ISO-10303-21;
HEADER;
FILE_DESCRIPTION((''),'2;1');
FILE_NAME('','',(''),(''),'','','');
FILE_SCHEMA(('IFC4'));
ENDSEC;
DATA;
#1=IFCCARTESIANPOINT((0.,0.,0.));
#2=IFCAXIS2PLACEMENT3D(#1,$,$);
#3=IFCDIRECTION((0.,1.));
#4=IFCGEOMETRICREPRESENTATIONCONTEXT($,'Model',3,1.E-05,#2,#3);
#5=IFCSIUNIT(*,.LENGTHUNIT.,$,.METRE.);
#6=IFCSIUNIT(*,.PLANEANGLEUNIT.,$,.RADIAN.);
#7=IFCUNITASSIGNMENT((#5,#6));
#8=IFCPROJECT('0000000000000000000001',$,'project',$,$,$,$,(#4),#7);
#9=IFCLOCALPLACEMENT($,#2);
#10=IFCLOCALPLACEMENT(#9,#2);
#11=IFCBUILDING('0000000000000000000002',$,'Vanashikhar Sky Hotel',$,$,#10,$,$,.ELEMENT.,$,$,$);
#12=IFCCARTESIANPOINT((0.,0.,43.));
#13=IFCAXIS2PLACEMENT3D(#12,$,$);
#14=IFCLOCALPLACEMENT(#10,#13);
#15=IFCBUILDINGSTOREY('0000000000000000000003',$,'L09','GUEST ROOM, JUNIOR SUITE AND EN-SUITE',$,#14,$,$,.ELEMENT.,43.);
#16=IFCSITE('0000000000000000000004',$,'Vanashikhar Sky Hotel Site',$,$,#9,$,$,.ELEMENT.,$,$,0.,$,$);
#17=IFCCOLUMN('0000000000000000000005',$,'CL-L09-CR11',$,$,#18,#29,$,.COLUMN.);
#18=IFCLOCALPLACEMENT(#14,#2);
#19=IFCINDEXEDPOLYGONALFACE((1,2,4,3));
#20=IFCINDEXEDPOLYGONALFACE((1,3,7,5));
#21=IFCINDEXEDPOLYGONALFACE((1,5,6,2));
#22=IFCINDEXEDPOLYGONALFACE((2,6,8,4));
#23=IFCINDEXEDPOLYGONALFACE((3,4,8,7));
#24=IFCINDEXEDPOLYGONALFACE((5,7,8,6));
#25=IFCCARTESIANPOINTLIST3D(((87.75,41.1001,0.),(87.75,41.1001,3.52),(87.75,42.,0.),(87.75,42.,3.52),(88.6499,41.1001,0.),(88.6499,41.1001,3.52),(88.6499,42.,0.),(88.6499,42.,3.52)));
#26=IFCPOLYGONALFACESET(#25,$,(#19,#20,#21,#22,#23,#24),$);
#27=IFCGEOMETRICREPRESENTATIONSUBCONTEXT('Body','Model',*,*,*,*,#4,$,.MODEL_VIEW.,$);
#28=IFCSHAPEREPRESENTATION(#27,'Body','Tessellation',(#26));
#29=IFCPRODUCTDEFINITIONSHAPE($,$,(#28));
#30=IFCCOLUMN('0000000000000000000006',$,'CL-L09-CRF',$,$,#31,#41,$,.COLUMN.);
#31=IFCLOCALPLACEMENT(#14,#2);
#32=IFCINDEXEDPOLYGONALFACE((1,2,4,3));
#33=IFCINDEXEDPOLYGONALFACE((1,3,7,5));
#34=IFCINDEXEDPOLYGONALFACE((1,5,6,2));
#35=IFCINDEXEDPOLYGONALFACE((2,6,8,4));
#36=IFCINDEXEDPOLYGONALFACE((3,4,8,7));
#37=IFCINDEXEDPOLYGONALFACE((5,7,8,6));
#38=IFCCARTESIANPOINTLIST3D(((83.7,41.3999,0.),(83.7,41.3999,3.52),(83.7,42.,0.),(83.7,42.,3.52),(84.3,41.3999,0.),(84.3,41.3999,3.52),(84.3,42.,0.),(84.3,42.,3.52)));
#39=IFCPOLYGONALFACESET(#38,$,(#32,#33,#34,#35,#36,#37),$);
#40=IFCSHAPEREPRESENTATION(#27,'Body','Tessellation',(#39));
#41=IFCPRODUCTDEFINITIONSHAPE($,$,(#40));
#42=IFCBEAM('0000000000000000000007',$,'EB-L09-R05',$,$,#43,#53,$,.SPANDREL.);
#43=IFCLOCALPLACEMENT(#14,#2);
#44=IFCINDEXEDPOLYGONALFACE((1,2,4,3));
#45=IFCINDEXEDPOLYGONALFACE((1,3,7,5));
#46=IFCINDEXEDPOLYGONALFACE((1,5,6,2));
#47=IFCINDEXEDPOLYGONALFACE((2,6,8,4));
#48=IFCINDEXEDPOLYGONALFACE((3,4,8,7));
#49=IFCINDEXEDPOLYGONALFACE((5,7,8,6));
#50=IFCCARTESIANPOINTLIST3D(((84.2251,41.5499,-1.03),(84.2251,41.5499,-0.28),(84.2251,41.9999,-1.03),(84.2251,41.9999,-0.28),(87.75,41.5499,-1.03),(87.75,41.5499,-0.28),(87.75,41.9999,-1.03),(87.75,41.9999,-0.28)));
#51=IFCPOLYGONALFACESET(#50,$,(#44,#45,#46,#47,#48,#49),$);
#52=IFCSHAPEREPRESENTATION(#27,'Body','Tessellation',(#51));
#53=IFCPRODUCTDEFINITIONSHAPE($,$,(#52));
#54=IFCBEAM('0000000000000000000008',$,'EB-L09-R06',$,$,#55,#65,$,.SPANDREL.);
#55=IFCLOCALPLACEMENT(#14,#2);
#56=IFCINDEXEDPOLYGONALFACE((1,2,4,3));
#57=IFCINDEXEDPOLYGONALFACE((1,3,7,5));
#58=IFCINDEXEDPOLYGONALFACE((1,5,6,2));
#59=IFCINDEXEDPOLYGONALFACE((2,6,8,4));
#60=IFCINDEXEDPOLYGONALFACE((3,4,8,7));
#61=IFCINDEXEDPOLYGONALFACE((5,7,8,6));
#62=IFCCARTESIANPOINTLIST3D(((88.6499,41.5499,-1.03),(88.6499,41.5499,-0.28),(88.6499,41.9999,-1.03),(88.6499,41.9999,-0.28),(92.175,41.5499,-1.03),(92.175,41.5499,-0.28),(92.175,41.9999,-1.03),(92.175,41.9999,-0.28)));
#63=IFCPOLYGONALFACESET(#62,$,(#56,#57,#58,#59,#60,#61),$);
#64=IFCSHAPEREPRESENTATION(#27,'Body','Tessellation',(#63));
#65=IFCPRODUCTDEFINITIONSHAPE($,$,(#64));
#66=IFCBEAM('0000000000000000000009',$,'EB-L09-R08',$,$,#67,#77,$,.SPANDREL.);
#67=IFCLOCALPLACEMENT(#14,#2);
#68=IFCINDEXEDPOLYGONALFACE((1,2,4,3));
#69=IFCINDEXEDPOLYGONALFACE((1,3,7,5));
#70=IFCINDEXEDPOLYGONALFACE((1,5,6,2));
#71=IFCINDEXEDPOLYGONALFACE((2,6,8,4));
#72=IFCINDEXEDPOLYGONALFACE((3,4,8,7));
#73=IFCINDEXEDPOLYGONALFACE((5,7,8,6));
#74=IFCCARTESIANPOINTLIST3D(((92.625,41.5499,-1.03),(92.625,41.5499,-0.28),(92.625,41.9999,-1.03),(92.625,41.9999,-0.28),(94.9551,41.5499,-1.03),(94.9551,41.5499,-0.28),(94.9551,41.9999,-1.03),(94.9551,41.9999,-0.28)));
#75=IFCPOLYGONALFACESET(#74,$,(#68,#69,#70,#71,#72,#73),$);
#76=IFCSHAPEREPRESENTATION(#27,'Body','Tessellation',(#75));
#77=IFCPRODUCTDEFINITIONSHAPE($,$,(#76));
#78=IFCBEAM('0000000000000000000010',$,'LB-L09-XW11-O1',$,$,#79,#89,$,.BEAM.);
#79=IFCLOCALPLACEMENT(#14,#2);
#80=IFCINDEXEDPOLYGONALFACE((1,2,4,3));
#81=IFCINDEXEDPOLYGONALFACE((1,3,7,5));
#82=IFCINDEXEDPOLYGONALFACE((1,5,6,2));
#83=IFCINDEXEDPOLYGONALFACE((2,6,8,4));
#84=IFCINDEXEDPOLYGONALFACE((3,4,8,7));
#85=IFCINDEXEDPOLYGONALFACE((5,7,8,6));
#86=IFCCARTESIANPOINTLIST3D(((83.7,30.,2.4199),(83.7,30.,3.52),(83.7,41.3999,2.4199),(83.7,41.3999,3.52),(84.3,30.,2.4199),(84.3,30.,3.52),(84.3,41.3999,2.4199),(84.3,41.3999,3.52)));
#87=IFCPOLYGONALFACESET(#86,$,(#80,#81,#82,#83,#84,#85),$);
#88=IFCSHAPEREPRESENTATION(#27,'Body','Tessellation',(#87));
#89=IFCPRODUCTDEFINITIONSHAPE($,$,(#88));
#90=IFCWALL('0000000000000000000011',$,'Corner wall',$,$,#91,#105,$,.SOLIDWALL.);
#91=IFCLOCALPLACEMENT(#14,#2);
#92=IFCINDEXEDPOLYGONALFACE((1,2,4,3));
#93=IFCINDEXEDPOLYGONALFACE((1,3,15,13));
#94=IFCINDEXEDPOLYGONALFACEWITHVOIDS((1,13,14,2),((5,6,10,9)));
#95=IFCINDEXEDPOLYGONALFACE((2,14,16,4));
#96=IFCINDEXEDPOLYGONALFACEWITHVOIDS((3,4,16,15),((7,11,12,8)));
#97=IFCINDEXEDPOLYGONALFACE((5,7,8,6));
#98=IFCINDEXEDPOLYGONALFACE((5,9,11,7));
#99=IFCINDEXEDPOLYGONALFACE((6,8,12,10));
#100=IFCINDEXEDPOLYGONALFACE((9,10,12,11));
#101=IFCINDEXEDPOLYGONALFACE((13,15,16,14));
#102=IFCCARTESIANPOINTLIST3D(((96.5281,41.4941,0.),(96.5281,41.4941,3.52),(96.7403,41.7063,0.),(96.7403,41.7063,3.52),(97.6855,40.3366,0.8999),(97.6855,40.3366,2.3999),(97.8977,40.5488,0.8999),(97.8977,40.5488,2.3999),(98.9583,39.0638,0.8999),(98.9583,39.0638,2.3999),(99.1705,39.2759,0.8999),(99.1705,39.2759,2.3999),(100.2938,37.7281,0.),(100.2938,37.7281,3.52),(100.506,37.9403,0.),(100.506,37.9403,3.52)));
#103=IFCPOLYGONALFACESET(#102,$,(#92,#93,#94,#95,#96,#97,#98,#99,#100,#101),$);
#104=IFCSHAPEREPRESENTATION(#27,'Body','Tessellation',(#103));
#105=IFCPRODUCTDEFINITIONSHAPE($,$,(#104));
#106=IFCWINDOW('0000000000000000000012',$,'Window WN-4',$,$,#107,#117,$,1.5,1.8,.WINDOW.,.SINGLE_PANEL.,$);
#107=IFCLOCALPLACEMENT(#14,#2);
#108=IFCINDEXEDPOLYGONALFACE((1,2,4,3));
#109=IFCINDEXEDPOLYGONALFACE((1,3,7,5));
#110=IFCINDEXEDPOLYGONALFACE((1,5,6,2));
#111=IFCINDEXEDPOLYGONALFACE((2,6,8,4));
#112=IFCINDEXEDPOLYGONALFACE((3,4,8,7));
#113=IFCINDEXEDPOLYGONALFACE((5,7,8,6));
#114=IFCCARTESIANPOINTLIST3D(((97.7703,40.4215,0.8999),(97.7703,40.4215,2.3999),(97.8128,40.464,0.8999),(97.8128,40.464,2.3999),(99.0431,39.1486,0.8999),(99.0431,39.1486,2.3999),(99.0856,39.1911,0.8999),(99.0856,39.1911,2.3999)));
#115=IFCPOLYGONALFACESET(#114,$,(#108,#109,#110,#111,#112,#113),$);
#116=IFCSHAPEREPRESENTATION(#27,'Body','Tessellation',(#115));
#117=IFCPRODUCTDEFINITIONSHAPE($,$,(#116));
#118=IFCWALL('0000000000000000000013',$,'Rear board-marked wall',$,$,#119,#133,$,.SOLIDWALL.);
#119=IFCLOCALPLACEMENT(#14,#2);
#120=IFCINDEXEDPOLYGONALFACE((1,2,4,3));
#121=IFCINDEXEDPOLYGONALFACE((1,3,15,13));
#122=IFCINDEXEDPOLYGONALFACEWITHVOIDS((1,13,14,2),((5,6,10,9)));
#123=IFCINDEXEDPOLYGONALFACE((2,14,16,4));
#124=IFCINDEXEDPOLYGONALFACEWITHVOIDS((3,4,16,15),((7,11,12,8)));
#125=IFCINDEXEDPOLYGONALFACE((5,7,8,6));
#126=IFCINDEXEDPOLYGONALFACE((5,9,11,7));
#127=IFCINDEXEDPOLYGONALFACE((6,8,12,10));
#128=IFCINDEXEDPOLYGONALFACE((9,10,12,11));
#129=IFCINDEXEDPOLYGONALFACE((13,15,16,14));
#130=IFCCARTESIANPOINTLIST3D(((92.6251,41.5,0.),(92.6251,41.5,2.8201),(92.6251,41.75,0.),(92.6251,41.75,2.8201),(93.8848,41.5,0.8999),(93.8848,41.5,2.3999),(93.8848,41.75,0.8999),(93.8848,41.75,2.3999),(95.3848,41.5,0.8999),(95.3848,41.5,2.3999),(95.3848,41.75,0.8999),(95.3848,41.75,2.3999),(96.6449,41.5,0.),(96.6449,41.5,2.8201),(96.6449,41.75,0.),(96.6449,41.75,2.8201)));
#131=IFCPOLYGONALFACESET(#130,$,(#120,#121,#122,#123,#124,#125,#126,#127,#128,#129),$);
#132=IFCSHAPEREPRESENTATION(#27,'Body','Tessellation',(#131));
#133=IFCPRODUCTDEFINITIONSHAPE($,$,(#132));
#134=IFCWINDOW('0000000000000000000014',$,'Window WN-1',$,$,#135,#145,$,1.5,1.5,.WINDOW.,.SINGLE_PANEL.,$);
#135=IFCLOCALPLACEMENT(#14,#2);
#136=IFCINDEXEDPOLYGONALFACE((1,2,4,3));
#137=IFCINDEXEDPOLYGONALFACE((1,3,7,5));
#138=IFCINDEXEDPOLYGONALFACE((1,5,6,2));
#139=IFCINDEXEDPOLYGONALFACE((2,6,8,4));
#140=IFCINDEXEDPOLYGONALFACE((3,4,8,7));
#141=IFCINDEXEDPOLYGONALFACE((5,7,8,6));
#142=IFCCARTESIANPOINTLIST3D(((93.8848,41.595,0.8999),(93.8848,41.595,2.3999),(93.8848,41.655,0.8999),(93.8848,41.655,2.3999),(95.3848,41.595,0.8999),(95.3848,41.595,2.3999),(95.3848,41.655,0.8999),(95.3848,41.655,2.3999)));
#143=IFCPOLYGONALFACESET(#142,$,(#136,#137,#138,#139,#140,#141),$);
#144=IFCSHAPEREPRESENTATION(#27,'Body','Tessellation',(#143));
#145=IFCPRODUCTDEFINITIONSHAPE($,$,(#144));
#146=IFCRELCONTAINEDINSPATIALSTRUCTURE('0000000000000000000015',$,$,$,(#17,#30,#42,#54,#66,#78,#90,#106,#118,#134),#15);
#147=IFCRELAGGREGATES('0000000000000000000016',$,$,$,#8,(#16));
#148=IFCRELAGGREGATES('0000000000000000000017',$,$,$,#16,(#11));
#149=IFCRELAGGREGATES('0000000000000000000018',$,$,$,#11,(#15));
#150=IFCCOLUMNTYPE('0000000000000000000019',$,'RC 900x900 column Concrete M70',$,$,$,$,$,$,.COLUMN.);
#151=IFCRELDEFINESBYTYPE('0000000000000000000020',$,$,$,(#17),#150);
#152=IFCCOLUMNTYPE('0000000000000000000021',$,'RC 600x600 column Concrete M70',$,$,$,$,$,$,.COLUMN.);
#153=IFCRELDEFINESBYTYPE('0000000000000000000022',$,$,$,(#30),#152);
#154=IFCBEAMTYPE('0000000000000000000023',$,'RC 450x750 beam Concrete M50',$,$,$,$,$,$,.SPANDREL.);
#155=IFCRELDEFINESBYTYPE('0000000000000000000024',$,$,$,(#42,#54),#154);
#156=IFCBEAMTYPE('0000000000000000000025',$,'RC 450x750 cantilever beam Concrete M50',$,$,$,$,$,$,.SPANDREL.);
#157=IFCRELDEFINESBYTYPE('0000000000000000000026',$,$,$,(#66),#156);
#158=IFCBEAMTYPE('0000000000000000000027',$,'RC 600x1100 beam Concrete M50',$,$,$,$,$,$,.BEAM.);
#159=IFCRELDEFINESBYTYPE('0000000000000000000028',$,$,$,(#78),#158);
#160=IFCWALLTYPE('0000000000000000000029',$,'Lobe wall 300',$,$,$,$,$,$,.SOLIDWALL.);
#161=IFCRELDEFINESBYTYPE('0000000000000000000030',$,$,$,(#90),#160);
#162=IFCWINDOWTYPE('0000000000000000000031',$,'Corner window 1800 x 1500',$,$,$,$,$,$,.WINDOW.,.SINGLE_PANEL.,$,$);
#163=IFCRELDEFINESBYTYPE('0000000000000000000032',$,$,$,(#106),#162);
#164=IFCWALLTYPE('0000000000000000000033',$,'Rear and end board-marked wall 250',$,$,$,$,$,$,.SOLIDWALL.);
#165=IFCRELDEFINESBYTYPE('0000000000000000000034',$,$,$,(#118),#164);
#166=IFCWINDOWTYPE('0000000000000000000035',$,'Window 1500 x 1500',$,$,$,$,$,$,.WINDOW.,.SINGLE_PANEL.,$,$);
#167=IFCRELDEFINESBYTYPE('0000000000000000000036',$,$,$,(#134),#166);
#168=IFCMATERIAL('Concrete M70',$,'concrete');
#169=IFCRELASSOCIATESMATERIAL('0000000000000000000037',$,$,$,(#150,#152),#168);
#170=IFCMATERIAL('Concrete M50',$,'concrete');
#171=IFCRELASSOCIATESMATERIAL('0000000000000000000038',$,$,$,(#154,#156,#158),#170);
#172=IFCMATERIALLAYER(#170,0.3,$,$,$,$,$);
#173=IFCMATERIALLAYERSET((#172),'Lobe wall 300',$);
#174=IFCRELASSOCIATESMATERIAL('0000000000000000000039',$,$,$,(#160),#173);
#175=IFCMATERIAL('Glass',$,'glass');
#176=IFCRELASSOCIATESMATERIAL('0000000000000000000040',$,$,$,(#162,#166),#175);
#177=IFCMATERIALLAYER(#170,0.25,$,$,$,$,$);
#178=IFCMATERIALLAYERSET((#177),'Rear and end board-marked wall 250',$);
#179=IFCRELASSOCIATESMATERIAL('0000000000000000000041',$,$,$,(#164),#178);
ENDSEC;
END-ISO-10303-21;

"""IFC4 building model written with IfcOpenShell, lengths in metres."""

from ifc_helpers import new_model, si_unit, direction, frame, frame_2d, origin, origin_2d, place, context, subcontext, project, spatial, rectangle, extrude, source, transform, mapped, material, layer, layer_set, material_profile, profile_set, type_object, element, fill, save


model = new_model("IFC4")

# Units and contexts
model_context = context("Model", 3, precision=1e-05, world=origin(), true_north=direction((0.0, 1.0)))
body_context = subcontext(model_context, "Body", "Model", "MODEL_VIEW")
ifc_project = project(units=[si_unit("LENGTHUNIT", "METRE"), si_unit("PLANEANGLEUNIT", "RADIAN")], contexts=[model_context])

# Site, building, storey
site_placement = place(None, origin())
site = spatial("IfcSite", under=ifc_project, at=site_placement, Name="Vanashikhar Sky Hotel Site", CompositionType="ELEMENT", RefElevation=0.0)
building_placement = place(site_placement, origin())
building = spatial("IfcBuilding", under=site, at=building_placement, Name="Vanashikhar Sky Hotel", CompositionType="ELEMENT")
storey_placement = place(building_placement, frame((0.0, 0.0, 43.0)))
storey = spatial("IfcBuildingStorey", under=building, at=storey_placement, Name="L09", Description="GUEST ROOM, JUNIOR SUITE AND EN-SUITE", CompositionType="ELEMENT", Elevation=43.0)

# Columns
ifc_material_1 = material(Name="Concrete M70", Category="concrete")
ifc_material_profile_1 = material_profile(ifc_material_1, rectangle(XDim=0.8999, YDim=0.8999, at=origin_2d()))
ifc_profile_set_1 = profile_set([ifc_material_profile_1], Name="RC 900x900 column Concrete M70")
column_type_1 = type_object("IfcColumnType", Name="RC 900x900 column Concrete M70", PredefinedType="COLUMN", material=ifc_profile_set_1)
shared_shape_1 = source(origin(), body_context, "Body", "SweptSolid", [
    extrude(rectangle(XDim=0.8999, YDim=0.8999, at=origin_2d()), origin(), (0.0, 0.0, 1.0), 3.52),
])
column_1_placement = place(storey_placement, frame((88.2, 41.55, 0.0), z_axis=(0.0, 0.0, 1.0), x_axis=(1.0, 0.0, 0.0)))
element("IfcColumn", 1, at=column_1_placement, inside=storey, type_object=column_type_1, Name="CL-L09-CR11", PredefinedType="COLUMN", context=body_context, shape_type="MappedRepresentation", body=[
    mapped(shared_shape_1, transform((0.0, 0.0, 0.0), scale=1.0)),
])
ifc_material_profile_2 = material_profile(ifc_material_1, rectangle(XDim=0.6001, YDim=0.6001, at=origin_2d()))
ifc_profile_set_2 = profile_set([ifc_material_profile_2], Name="RC 600x600 column Concrete M70")
column_type_2 = type_object("IfcColumnType", Name="RC 600x600 column Concrete M70", PredefinedType="COLUMN", material=ifc_profile_set_2)
shared_shape_2 = source(origin(), body_context, "Body", "SweptSolid", [
    extrude(rectangle(XDim=0.6001, YDim=0.6001, at=origin_2d()), origin(), (0.0, 0.0, 1.0), 3.52),
])
column_2_placement = place(storey_placement, frame((84.0, 41.7, 0.0), z_axis=(0.0, 0.0, 1.0), x_axis=(1.0, 0.0, 0.0)))
element("IfcColumn", 2, at=column_2_placement, inside=storey, type_object=column_type_2, Name="CL-L09-CRF", PredefinedType="COLUMN", context=body_context, shape_type="MappedRepresentation", body=[
    mapped(shared_shape_2, transform((0.0, 0.0, 0.0), scale=1.0)),
])

# Beams
ifc_material_2 = material(Name="Concrete M50", Category="concrete")
ifc_material_profile_3 = material_profile(ifc_material_2, rectangle(XDim=0.45, YDim=0.75, at=origin_2d()))
ifc_profile_set_3 = profile_set([ifc_material_profile_3], Name="RC 450x750 beam Concrete M50")
beam_type_1 = type_object("IfcBeamType", Name="RC 450x750 beam Concrete M50", PredefinedType="SPANDREL", material=ifc_profile_set_3)
shared_shape_3 = source(origin(), body_context, "Body", "SweptSolid", [
    extrude(rectangle(XDim=0.45, YDim=0.75, at=origin_2d()), origin(), (0.0, 0.0, 1.0), 3.5249),
])
beam_1_placement = place(storey_placement, frame((84.2251, 41.7749, -0.655), z_axis=(1.0, 0.0, 0.0), x_axis=(0.0, 1.0, 0.0)))
element("IfcBeam", 3, at=beam_1_placement, inside=storey, type_object=beam_type_1, Name="EB-L09-R05", PredefinedType="SPANDREL", context=body_context, shape_type="MappedRepresentation", body=[
    mapped(shared_shape_3, transform((0.0, 0.0, 0.0), scale=1.0)),
])
shared_shape_4 = source(origin(), body_context, "Body", "SweptSolid", [
    extrude(rectangle(XDim=0.45, YDim=0.75, at=origin_2d()), origin(), (0.0, 0.0, 1.0), 3.5251),
])
beam_2_placement = place(storey_placement, frame((88.6499, 41.7749, -0.655), z_axis=(1.0, 0.0, 0.0), x_axis=(0.0, 1.0, 0.0)))
element("IfcBeam", 4, at=beam_2_placement, inside=storey, type_object=beam_type_1, Name="EB-L09-R06", PredefinedType="SPANDREL", context=body_context, shape_type="MappedRepresentation", body=[
    mapped(shared_shape_4, transform((0.0, 0.0, 0.0), scale=1.0)),
])
ifc_material_profile_4 = material_profile(ifc_material_2, rectangle(XDim=0.45, YDim=0.75, at=origin_2d()))
ifc_profile_set_4 = profile_set([ifc_material_profile_4], Name="RC 450x750 cantilever beam Concrete M50")
beam_type_2 = type_object("IfcBeamType", Name="RC 450x750 cantilever beam Concrete M50", PredefinedType="SPANDREL", material=ifc_profile_set_4)
shared_shape_5 = source(origin(), body_context, "Body", "SweptSolid", [
    extrude(rectangle(XDim=0.45, YDim=0.75, at=origin_2d()), origin(), (0.0, 0.0, 1.0), 2.3301),
])
beam_3_placement = place(storey_placement, frame((92.625, 41.7749, -0.655), z_axis=(1.0, 0.0, 0.0), x_axis=(0.0, 1.0, 0.0)))
element("IfcBeam", 5, at=beam_3_placement, inside=storey, type_object=beam_type_2, Name="EB-L09-R08", PredefinedType="SPANDREL", context=body_context, shape_type="MappedRepresentation", body=[
    mapped(shared_shape_5, transform((0.0, 0.0, 0.0), scale=1.0)),
])
ifc_material_profile_5 = material_profile(ifc_material_2, rectangle(XDim=0.6001, YDim=1.1001, at=origin_2d()))
ifc_profile_set_5 = profile_set([ifc_material_profile_5], Name="RC 600x1100 beam Concrete M50")
beam_type_3 = type_object("IfcBeamType", Name="RC 600x1100 beam Concrete M50", PredefinedType="BEAM", material=ifc_profile_set_5)
shared_shape_6 = source(origin(), body_context, "Body", "SweptSolid", [
    extrude(rectangle(XDim=0.6001, YDim=1.1001, at=origin_2d()), origin(), (0.0, 0.0, 1.0), 11.3999),
])
beam_4_placement = place(storey_placement, frame((84.0, 30.0, 2.97), z_axis=(0.0, 1.0, 0.0), x_axis=(-1.0, 0.0, 0.0)))
element("IfcBeam", 6, at=beam_4_placement, inside=storey, type_object=beam_type_3, Name="LB-L09-XW11-O1", PredefinedType="BEAM", context=body_context, shape_type="MappedRepresentation", body=[
    mapped(shared_shape_6, transform((0.0, 0.0, 0.0), scale=1.0)),
])

# Walls, openings, windows
ifc_layer_1 = layer(ifc_material_2, 0.3)
ifc_layer_set_1 = layer_set([ifc_layer_1], Name="Lobe wall 300")
wall_type_1 = type_object("IfcWallType", Name="Lobe wall 300", PredefinedType="SOLIDWALL", material=ifc_layer_set_1)
shared_shape_7 = source(origin(), body_context, "Body", "SweptSolid", [
    extrude(rectangle(XDim=5.3257, YDim=0.3, at=frame_2d((2.6628, 0.0))), origin(), (0.0, 0.0, 1.0), 3.52),
])
wall_1_placement = place(storey_placement, frame((100.3999, 37.8342, 0.0), z_axis=(0.0, 0.0, 1.0), x_axis=(-0.707084, 0.70713, 0.0)))
wall_1 = element("IfcWall", 7, at=wall_1_placement, inside=storey, type_object=wall_type_1, Name="Corner wall", PredefinedType="SOLIDWALL", context=body_context, shape_type="MappedRepresentation", body=[
    mapped(shared_shape_7, transform((0.0, 0.0, 0.0), scale=1.0)),
])
shared_shape_8 = source(origin(), body_context, "Body", "SweptSolid", [
    extrude(rectangle(XDim=1.8, YDim=1.5, at=frame_2d((0.8999, 0.75))), frame((0.0, 0.1602, 0.0), z_axis=(0.0, -1.0, 0.0), x_axis=(1.0, 0.0, 0.0)), (0.0, 0.0, 1.0), 0.3201),
])
opening_1_placement = place(wall_1_placement, frame((1.8889, 0.0, 0.8999)))
opening_1 = element("IfcOpeningElement", 8, at=opening_1_placement, cuts=wall_1, PredefinedType="OPENING", context=body_context, shape_type="MappedRepresentation", body=[
    mapped(shared_shape_8, transform((0.0, 0.0, 0.0), scale=1.0)),
])
ifc_material_3 = material(Name="Glass", Category="glass")
window_type_1 = type_object("IfcWindowType", Name="Corner window 1800 x 1500", PartitioningType="SINGLE_PANEL", PredefinedType="WINDOW", material=ifc_material_3)
shared_shape_9 = source(origin(), body_context, "Body", "SweptSolid", [
    extrude(rectangle(XDim=1.8, YDim=1.5, at=frame_2d((0.8999, 0.75))), frame((0.0, 0.03, 0.0), z_axis=(0.0, -1.0, 0.0), x_axis=(1.0, 0.0, 0.0)), (0.0, 0.0, 1.0), 0.0601),
])
window_1_placement = place(opening_1_placement, origin())
window_1 = element("IfcWindow", 9, at=window_1_placement, inside=storey, type_object=window_type_1, Name="Window WN-4", OverallHeight=1.5, OverallWidth=1.8, PartitioningType="SINGLE_PANEL", PredefinedType="WINDOW", context=body_context, shape_type="MappedRepresentation", body=[
    mapped(shared_shape_9, transform((0.0, 0.0, 0.0), scale=1.0)),
])
fill(opening_1, window_1)
ifc_layer_2 = layer(ifc_material_2, 0.25)
ifc_layer_set_2 = layer_set([ifc_layer_2], Name="Rear and end board-marked wall 250")
wall_type_2 = type_object("IfcWallType", Name="Rear and end board-marked wall 250", PredefinedType="SOLIDWALL", material=ifc_layer_set_2)
shared_shape_10 = source(origin(), body_context, "Body", "SweptSolid", [
    extrude(rectangle(XDim=4.0198, YDim=0.25, at=frame_2d((2.0098, 0.0))), origin(), (0.0, 0.0, 1.0), 2.8201),
])
wall_2_placement = place(storey_placement, frame((96.6448, 41.625, 0.0), z_axis=(0.0, 0.0, 1.0), x_axis=(-1.0, 0.0, 0.0)))
wall_2 = element("IfcWall", 10, at=wall_2_placement, inside=storey, type_object=wall_type_2, Name="Rear board-marked wall", PredefinedType="SOLIDWALL", context=body_context, shape_type="MappedRepresentation", body=[
    mapped(shared_shape_10, transform((0.0, 0.0, 0.0), scale=1.0)),
])
shared_shape_11 = source(origin(), body_context, "Body", "SweptSolid", [
    extrude(rectangle(XDim=1.5, YDim=1.5, at=frame_2d((0.75, 0.75))), frame((0.0, 0.135, 0.0), z_axis=(0.0, -1.0, 0.0), x_axis=(1.0, 0.0, 0.0)), (0.0, 0.0, 1.0), 0.27),
])
opening_2_placement = place(wall_2_placement, frame((1.26, 0.0, 0.8999)))
opening_2 = element("IfcOpeningElement", 11, at=opening_2_placement, cuts=wall_2, PredefinedType="OPENING", context=body_context, shape_type="MappedRepresentation", body=[
    mapped(shared_shape_11, transform((0.0, 0.0, 0.0), scale=1.0)),
])
window_type_2 = type_object("IfcWindowType", Name="Window 1500 x 1500", PartitioningType="SINGLE_PANEL", PredefinedType="WINDOW", material=ifc_material_3)
shared_shape_12 = source(origin(), body_context, "Body", "SweptSolid", [
    extrude(rectangle(XDim=1.5, YDim=1.5, at=frame_2d((0.75, 0.75))), frame((0.0, 0.03, 0.0), z_axis=(0.0, -1.0, 0.0), x_axis=(1.0, 0.0, 0.0)), (0.0, 0.0, 1.0), 0.0601),
])
window_2_placement = place(opening_2_placement, origin())
window_2 = element("IfcWindow", 12, at=window_2_placement, inside=storey, type_object=window_type_2, Name="Window WN-1", OverallHeight=1.5, OverallWidth=1.5, PartitioningType="SINGLE_PANEL", PredefinedType="WINDOW", context=body_context, shape_type="MappedRepresentation", body=[
    mapped(shared_shape_12, transform((0.0, 0.0, 0.0), scale=1.0)),
])
fill(opening_2, window_2)

save(model, "model.ifc")
